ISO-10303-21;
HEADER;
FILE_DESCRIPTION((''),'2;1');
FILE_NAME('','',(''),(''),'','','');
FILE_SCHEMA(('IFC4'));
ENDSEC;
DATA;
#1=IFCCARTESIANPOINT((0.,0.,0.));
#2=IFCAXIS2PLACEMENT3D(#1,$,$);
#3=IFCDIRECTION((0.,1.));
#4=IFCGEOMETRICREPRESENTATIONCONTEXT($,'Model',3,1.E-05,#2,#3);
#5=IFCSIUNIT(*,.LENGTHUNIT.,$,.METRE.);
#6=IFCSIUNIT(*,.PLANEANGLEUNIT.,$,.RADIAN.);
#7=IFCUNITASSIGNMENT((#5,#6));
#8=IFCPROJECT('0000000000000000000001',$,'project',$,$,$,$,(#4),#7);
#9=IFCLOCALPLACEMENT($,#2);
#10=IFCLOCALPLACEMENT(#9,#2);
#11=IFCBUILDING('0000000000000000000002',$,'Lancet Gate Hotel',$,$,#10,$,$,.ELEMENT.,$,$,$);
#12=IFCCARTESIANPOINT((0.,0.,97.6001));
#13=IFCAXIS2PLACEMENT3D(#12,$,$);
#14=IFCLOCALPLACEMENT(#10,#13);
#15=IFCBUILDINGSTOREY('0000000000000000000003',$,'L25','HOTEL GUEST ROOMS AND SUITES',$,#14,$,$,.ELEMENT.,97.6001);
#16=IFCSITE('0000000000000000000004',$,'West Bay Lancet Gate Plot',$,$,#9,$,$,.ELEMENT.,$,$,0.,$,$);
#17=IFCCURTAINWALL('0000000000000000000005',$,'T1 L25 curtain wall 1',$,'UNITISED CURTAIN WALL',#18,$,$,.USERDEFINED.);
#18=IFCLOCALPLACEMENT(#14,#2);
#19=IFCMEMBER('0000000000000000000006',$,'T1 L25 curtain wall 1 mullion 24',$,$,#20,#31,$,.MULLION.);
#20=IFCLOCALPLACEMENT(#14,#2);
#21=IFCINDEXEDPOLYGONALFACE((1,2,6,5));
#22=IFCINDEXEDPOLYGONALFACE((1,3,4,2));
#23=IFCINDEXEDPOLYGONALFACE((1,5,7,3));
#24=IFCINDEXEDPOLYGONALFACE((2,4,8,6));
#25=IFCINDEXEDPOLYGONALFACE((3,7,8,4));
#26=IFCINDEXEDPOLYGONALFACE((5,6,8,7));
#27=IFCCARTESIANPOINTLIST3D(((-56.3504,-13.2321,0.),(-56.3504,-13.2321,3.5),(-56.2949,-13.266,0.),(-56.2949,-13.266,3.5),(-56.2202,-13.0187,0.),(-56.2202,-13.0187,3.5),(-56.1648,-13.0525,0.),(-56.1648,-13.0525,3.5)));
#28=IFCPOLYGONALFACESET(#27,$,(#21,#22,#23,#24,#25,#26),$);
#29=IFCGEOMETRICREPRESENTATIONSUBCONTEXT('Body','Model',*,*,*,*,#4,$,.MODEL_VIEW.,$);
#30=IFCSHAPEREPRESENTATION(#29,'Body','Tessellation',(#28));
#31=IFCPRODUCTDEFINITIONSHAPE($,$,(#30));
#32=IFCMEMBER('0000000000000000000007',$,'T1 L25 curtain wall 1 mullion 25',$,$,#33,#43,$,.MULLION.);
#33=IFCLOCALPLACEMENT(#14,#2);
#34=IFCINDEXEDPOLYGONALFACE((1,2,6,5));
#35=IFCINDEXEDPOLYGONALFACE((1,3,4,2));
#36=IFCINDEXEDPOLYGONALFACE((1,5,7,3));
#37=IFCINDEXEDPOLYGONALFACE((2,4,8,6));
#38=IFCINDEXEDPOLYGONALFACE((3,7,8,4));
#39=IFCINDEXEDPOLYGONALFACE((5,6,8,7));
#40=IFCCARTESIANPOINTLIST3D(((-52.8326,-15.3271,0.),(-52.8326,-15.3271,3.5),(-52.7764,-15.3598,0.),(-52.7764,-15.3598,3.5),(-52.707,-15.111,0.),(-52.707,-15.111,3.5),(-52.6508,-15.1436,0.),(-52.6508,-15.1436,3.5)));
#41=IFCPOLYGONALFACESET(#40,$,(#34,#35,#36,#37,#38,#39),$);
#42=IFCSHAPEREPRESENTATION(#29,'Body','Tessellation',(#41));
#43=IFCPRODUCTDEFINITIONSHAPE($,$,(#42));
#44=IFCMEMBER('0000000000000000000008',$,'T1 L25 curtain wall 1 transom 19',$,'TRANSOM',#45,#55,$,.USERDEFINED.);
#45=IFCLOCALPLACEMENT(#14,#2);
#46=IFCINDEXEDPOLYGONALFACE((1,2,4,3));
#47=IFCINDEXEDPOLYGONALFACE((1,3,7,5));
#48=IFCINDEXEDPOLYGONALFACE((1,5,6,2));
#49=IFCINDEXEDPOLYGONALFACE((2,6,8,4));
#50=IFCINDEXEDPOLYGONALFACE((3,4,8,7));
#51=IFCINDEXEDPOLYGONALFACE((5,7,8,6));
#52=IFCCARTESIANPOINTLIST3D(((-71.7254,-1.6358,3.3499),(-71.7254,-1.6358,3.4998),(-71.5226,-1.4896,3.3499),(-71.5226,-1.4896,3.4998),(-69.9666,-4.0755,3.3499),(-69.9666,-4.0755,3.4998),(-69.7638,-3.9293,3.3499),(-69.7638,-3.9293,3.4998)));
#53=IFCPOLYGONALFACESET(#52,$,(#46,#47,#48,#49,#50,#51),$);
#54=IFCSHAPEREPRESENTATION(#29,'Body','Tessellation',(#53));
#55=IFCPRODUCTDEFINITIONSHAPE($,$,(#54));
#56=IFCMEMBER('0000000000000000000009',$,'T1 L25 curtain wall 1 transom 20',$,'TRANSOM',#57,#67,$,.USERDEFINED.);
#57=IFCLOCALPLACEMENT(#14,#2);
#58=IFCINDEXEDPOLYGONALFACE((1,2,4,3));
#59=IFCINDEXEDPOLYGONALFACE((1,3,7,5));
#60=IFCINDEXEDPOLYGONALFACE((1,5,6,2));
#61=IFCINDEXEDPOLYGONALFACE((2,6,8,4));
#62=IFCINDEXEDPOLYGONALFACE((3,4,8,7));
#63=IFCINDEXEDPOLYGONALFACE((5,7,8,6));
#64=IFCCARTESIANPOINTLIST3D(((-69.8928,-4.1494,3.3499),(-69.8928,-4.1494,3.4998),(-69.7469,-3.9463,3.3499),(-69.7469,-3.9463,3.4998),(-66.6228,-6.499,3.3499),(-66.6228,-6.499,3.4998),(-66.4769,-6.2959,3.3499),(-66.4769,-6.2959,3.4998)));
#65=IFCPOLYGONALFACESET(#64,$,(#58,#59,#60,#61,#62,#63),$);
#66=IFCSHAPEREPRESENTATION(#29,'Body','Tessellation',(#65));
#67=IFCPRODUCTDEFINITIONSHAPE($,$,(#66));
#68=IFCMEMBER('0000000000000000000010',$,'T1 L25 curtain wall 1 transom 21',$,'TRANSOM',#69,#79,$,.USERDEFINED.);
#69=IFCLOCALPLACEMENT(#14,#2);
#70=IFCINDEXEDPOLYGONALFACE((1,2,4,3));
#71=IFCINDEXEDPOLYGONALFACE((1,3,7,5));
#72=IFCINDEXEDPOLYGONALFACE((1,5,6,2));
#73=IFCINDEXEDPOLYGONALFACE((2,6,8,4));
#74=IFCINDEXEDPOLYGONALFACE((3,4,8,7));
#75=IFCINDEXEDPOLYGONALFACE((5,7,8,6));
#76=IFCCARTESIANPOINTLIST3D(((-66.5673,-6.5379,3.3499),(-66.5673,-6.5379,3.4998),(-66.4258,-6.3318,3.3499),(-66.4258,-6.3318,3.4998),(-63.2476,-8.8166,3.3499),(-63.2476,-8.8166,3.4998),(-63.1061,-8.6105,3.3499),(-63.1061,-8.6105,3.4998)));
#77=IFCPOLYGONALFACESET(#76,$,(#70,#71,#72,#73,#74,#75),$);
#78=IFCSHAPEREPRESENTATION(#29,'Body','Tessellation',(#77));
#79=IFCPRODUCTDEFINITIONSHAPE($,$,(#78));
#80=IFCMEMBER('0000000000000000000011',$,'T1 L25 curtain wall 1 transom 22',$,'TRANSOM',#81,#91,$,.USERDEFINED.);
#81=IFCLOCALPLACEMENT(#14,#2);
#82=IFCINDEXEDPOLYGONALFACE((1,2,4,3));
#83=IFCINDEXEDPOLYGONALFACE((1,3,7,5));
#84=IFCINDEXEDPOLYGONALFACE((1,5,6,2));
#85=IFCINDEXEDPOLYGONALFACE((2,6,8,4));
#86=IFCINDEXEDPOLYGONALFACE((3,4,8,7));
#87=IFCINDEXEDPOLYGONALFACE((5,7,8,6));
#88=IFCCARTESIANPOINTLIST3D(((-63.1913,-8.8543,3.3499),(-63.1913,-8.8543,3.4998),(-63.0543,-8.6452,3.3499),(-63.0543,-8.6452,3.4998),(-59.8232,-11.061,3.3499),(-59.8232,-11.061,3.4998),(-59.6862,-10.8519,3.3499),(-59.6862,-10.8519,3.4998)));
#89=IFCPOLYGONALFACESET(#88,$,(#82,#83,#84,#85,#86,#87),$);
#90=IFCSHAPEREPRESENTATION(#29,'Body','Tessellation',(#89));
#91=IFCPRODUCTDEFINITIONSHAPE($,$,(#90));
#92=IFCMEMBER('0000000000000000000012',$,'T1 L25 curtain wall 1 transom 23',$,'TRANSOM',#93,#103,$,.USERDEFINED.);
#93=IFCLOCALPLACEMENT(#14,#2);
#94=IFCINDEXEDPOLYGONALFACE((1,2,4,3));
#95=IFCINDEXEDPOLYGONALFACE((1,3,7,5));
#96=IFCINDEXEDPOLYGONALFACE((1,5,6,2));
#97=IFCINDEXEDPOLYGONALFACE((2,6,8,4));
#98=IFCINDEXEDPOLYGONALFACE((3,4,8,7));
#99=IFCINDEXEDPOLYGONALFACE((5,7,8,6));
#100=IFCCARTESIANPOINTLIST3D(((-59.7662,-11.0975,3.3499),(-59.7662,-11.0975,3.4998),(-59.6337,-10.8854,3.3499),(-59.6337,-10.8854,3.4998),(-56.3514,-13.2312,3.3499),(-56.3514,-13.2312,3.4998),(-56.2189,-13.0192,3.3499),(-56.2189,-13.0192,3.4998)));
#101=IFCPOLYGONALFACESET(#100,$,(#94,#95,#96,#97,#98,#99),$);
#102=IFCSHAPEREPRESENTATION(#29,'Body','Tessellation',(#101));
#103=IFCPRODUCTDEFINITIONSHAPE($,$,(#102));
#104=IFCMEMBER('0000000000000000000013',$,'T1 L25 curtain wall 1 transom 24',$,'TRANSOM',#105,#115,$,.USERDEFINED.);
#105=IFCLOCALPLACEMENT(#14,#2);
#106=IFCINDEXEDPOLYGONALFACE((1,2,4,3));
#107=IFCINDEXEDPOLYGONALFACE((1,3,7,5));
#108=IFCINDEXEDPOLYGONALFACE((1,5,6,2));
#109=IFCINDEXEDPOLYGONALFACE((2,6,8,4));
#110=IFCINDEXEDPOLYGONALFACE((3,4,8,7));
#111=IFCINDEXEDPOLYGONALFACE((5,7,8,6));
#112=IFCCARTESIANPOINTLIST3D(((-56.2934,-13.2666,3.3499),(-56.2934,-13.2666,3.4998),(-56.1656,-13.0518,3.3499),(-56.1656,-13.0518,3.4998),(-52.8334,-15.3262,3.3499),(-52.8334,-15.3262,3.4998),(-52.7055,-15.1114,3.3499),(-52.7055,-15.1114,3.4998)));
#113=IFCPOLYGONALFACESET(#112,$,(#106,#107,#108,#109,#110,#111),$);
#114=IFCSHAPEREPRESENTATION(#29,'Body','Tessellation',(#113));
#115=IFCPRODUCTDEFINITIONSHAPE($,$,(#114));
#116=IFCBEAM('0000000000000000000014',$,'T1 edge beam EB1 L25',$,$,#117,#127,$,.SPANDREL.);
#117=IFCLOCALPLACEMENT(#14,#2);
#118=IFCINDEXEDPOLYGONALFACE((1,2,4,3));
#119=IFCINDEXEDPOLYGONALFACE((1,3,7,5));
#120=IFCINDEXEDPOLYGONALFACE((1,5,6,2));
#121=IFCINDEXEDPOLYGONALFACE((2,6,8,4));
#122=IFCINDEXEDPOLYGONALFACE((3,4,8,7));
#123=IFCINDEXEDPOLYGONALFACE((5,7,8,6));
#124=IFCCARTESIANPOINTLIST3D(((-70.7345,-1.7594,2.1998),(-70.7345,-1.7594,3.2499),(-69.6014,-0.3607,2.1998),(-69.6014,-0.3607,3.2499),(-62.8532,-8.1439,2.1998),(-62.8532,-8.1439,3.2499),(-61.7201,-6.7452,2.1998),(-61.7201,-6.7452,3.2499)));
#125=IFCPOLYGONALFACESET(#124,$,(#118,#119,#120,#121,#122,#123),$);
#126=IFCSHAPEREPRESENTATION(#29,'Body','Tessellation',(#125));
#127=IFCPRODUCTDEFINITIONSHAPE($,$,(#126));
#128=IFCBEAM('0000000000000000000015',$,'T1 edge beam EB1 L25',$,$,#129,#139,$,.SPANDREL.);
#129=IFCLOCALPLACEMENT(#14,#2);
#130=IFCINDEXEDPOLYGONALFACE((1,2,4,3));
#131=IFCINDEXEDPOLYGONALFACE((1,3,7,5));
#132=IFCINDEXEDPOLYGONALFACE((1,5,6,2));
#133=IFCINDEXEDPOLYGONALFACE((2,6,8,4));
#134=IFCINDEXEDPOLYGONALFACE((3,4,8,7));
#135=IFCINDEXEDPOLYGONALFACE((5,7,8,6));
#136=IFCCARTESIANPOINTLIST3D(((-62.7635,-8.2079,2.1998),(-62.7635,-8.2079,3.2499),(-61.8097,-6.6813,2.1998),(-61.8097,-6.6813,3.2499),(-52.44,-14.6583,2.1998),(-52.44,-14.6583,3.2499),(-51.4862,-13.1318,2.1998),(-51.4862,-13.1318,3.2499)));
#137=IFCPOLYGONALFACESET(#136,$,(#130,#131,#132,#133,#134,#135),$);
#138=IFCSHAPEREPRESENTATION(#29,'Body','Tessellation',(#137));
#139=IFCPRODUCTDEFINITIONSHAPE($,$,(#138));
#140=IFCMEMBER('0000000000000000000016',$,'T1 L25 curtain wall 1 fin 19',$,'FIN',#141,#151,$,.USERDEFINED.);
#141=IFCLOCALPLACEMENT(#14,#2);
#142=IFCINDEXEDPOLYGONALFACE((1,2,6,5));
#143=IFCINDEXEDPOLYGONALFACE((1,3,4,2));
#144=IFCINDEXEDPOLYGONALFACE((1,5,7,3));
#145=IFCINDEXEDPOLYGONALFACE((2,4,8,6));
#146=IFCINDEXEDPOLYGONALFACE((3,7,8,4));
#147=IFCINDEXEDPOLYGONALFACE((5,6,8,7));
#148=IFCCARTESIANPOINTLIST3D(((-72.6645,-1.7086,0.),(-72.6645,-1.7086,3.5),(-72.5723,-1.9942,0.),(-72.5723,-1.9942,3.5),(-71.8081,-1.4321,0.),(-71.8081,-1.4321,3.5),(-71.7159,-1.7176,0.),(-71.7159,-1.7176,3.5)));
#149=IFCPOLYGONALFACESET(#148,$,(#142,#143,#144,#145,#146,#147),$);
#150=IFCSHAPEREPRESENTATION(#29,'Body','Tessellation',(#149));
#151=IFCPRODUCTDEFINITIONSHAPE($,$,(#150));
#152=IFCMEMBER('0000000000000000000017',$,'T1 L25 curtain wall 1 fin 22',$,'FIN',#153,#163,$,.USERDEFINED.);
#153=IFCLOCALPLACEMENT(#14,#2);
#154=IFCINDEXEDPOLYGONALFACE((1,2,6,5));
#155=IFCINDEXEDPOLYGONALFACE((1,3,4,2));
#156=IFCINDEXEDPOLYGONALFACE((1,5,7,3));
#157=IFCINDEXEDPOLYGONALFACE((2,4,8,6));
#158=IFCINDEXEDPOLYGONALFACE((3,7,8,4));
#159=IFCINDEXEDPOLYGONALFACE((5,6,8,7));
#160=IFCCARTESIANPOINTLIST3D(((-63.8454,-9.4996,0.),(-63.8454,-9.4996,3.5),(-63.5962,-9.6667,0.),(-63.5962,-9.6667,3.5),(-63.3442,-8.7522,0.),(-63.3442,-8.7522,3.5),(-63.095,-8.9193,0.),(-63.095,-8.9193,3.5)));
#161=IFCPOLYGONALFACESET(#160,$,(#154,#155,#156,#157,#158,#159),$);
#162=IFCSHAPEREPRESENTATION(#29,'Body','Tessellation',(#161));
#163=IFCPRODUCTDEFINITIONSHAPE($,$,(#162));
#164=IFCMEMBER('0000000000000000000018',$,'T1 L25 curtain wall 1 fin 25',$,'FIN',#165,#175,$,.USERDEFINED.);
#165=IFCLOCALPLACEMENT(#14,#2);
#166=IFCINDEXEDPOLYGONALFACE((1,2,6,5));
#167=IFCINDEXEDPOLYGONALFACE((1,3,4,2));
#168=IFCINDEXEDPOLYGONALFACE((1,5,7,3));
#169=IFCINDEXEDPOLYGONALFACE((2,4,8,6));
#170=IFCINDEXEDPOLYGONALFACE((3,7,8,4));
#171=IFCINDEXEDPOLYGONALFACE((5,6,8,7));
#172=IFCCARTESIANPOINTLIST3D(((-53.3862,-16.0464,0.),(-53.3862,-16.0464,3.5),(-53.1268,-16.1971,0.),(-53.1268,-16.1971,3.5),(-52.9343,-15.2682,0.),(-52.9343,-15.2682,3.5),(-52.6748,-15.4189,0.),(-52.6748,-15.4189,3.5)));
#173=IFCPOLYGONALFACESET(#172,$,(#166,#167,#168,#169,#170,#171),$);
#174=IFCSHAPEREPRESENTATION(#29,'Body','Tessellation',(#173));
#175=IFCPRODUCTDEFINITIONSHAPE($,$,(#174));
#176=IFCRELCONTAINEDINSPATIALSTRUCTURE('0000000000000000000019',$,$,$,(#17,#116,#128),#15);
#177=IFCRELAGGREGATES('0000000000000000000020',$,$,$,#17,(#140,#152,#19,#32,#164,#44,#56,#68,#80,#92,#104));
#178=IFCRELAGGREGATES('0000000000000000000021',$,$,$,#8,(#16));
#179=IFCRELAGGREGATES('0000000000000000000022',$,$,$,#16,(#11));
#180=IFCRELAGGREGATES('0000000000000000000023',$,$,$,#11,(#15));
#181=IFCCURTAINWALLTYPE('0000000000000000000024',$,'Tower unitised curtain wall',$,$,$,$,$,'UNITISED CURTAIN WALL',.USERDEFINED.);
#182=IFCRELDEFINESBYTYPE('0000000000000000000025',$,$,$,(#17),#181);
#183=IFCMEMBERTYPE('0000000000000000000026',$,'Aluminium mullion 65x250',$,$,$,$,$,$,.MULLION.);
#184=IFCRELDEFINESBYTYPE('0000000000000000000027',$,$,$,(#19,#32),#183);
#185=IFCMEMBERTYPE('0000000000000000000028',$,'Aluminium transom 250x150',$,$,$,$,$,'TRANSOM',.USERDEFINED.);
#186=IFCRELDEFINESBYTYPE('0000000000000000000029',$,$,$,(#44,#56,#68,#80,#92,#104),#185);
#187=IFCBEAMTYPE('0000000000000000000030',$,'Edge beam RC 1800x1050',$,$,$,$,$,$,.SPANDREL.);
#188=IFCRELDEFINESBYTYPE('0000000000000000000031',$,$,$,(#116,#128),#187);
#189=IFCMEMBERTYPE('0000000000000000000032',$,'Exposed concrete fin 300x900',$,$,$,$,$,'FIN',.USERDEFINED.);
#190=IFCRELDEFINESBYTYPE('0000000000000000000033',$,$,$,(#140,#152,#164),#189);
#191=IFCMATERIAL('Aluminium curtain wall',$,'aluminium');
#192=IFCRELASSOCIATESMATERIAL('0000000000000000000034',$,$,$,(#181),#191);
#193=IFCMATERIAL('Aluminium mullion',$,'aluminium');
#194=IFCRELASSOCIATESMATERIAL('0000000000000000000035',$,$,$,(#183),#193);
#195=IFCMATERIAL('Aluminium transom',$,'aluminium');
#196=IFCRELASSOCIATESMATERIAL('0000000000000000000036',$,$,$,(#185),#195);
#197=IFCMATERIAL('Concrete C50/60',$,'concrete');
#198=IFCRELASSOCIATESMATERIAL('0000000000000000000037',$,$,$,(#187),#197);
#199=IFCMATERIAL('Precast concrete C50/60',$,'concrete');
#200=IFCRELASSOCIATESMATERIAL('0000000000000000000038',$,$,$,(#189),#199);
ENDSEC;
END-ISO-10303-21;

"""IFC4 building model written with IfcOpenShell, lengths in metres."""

from ifc_helpers import new_model, si_unit, direction, frame, origin, origin_2d, place, context, subcontext, project, spatial, rectangle, extrude, material, material_profile, profile_set, type_object, element, aggregate, save


model = new_model("IFC4")

# Units and contexts
model_context = context("Model", 3, precision=1e-05, world=origin(), true_north=direction((0.0, 1.0)))
body_context = subcontext(model_context, "Body", "Model", "MODEL_VIEW")
ifc_project = project(units=[si_unit("LENGTHUNIT", "METRE"), si_unit("PLANEANGLEUNIT", "RADIAN")], contexts=[model_context])

# Site, building, storey
site_placement = place(None, origin())
site = spatial("IfcSite", under=ifc_project, at=site_placement, Name="West Bay Lancet Gate Plot", CompositionType="ELEMENT", RefElevation=0.0)
building_placement = place(site_placement, origin())
building = spatial("IfcBuilding", under=site, at=building_placement, Name="Lancet Gate Hotel", CompositionType="ELEMENT")
storey_placement = place(building_placement, frame((0.0, 0.0, 97.6001)))
storey = spatial("IfcBuildingStorey", under=building, at=storey_placement, Name="L25", Description="HOTEL GUEST ROOMS AND SUITES", CompositionType="ELEMENT", Elevation=97.6001)

# Curtain wall, members
ifc_material_1 = material(Name="Aluminium curtain wall", Category="aluminium")
curtain_wall_type = type_object("IfcCurtainWallType", Name="Tower unitised curtain wall", ElementType="UNITISED CURTAIN WALL", PredefinedType="USERDEFINED", material=ifc_material_1)
curtain_wall_placement = place(storey_placement, origin())
curtain_wall = element("IfcCurtainWall", 1, at=curtain_wall_placement, inside=storey, type_object=curtain_wall_type, Name="T1 L25 curtain wall 1", ObjectType="UNITISED CURTAIN WALL", PredefinedType="USERDEFINED")
ifc_material_2 = material(Name="Aluminium mullion", Category="aluminium")
ifc_material_profile_1 = material_profile(ifc_material_2, rectangle(XDim=0.0649, YDim=0.25, at=origin_2d()), Name="MULLION 65x250")
ifc_profile_set_1 = profile_set([ifc_material_profile_1], Name="Aluminium mullion")
member_type_1 = type_object("IfcMemberType", Name="Aluminium mullion 65x250", PredefinedType="MULLION", material=ifc_profile_set_1)
member_1_placement = place(storey_placement, frame((-56.2576, -13.1423, 0.0), z_axis=(0.0, 0.0, 1.0), x_axis=(0.853716, -0.520739, 0.0)))
member_1 = element("IfcMember", 2, at=member_1_placement, type_object=member_type_1, Name="T1 L25 curtain wall 1 mullion 24", PredefinedType="MULLION", context=body_context, shape_type="SweptSolid", body=[
    extrude(rectangle(XDim=0.0649, YDim=0.25, at=origin_2d()), origin(), (0.0, 0.0, 1.0), 3.5),
])
member_2_placement = place(storey_placement, frame((-52.7417, -15.2354, 0.0), z_axis=(0.0, 0.0, 1.0), x_axis=(0.864728, -0.502241, 0.0)))
member_2 = element("IfcMember", 3, at=member_2_placement, type_object=member_type_1, Name="T1 L25 curtain wall 1 mullion 25", PredefinedType="MULLION", context=body_context, shape_type="SweptSolid", body=[
    extrude(rectangle(XDim=0.0649, YDim=0.25, at=origin_2d()), origin(), (0.0, 0.0, 1.0), 3.5),
])
ifc_material_3 = material(Name="Aluminium transom", Category="aluminium")
ifc_material_profile_2 = material_profile(ifc_material_3, rectangle(XDim=0.25, YDim=0.1499, at=origin_2d()), Name="TRANSOM 250x150")
ifc_profile_set_2 = profile_set([ifc_material_profile_2], Name="Aluminium transom")
member_type_2 = type_object("IfcMemberType", Name="Aluminium transom 250x150", ElementType="TRANSOM", PredefinedType="USERDEFINED", material=ifc_profile_set_2)
member_3_placement = place(storey_placement, frame((-71.624, -1.5627, 3.4248), z_axis=(0.584788, -0.811186, 0.0), x_axis=(0.811186, 0.584788, 0.0)))
member_3 = element("IfcMember", 4, at=member_3_placement, type_object=member_type_2, Name="T1 L25 curtain wall 1 transom 19", ObjectType="TRANSOM", PredefinedType="USERDEFINED", context=body_context, shape_type="SweptSolid", body=[
    extrude(rectangle(XDim=0.25, YDim=0.1499, at=origin_2d()), origin(), (0.0, 0.0, 1.0), 3.0076),
])
member_4_placement = place(storey_placement, frame((-69.8198, -4.0479, 3.4248), z_axis=(0.8121, -0.583519, 0.0), x_axis=(0.583519, 0.8121, 0.0)))
member_4 = element("IfcMember", 5, at=member_4_placement, type_object=member_type_2, Name="T1 L25 curtain wall 1 transom 20", ObjectType="TRANSOM", PredefinedType="USERDEFINED", context=body_context, shape_type="SweptSolid", body=[
    extrude(rectangle(XDim=0.25, YDim=0.1499, at=origin_2d()), origin(), (0.0, 0.0, 1.0), 4.0266),
])
member_5_placement = place(storey_placement, frame((-66.4966, -6.4348, 3.4248), z_axis=(0.824456, -0.565927, 0.0), x_axis=(0.565927, 0.824456, 0.0)))
member_5 = element("IfcMember", 6, at=member_5_placement, type_object=member_type_2, Name="T1 L25 curtain wall 1 transom 21", ObjectType="TRANSOM", PredefinedType="USERDEFINED", context=body_context, shape_type="SweptSolid", body=[
    extrude(rectangle(XDim=0.25, YDim=0.1499, at=origin_2d()), origin(), (0.0, 0.0, 1.0), 4.0266),
])
member_6_placement = place(storey_placement, frame((-63.1228, -8.7498, 3.4248), z_axis=(0.836454, -0.548036, 0.0), x_axis=(0.548036, 0.836454, 0.0)))
member_6 = element("IfcMember", 7, at=member_6_placement, type_object=member_type_2, Name="T1 L25 curtain wall 1 transom 22", ObjectType="TRANSOM", PredefinedType="USERDEFINED", context=body_context, shape_type="SweptSolid", body=[
    extrude(rectangle(XDim=0.25, YDim=0.1499, at=origin_2d()), origin(), (0.0, 0.0, 1.0), 4.0266),
])
member_7_placement = place(storey_placement, frame((-59.7, -10.9915, 3.4248), z_axis=(0.848049, -0.529917, 0.0), x_axis=(0.529917, 0.848049, 0.0)))
member_7 = element("IfcMember", 8, at=member_7_placement, type_object=member_type_2, Name="T1 L25 curtain wall 1 transom 23", ObjectType="TRANSOM", PredefinedType="USERDEFINED", context=body_context, shape_type="SweptSolid", body=[
    extrude(rectangle(XDim=0.25, YDim=0.1499, at=origin_2d()), origin(), (0.0, 0.0, 1.0), 4.0266),
])
member_8_placement = place(storey_placement, frame((-56.2295, -13.1592, 3.4248), z_axis=(0.859285, -0.511497, 0.0), x_axis=(0.511497, 0.859285, 0.0)))
member_8 = element("IfcMember", 9, at=member_8_placement, type_object=member_type_2, Name="T1 L25 curtain wall 1 transom 24", ObjectType="TRANSOM", PredefinedType="USERDEFINED", context=body_context, shape_type="SweptSolid", body=[
    extrude(rectangle(XDim=0.25, YDim=0.1499, at=origin_2d()), origin(), (0.0, 0.0, 1.0), 4.0266),
])

# Beams
ifc_material_4 = material(Name="Concrete C50/60", Category="concrete")
ifc_material_profile_3 = material_profile(ifc_material_4, rectangle(XDim=1.8, YDim=1.05, at=origin_2d()), Name="RC 1800x1050")
ifc_profile_set_3 = profile_set([ifc_material_profile_3], Name="Concrete C50/60")
beam_type_1 = type_object("IfcBeamType", Name="Edge beam RC 1800x1050", PredefinedType="SPANDREL", material=ifc_profile_set_3)
beam_1_placement = place(storey_placement, frame((-70.168, -1.0601, 2.7249), z_axis=(0.777034, -0.629459, 0.0), x_axis=(0.629459, 0.777034, 0.0)))
element("IfcBeam", 10, at=beam_1_placement, inside=storey, type_object=beam_type_1, Name="T1 edge beam EB1 L25", PredefinedType="SPANDREL", context=body_context, shape_type="SweptSolid", body=[
    extrude(rectangle(XDim=1.8, YDim=1.05, at=origin_2d()), origin(), (0.0, 0.0, 1.0), 10.1428),
])
beam_2_placement = place(storey_placement, frame((-62.2866, -7.4446, 2.7249), z_axis=(0.848063, -0.529896, 0.0), x_axis=(0.529896, 0.848063, 0.0)))
element("IfcBeam", 11, at=beam_2_placement, inside=storey, type_object=beam_type_1, Name="T1 edge beam EB1 L25", PredefinedType="SPANDREL", context=body_context, shape_type="SweptSolid", body=[
    extrude(rectangle(XDim=1.8, YDim=1.05, at=origin_2d()), origin(), (0.0, 0.0, 1.0), 12.1731),
])

# Members
ifc_material_5 = material(Name="Precast concrete C50/60", Category="concrete")
ifc_material_profile_4 = material_profile(ifc_material_5, rectangle(XDim=0.3, YDim=0.8999, at=origin_2d()), Name="FIN 300x900")
ifc_profile_set_4 = profile_set([ifc_material_profile_4], Name="Precast concrete C50/60")
member_type_3 = type_object("IfcMemberType", Name="Exposed concrete fin 300x900", ElementType="FIN", PredefinedType="USERDEFINED", material=ifc_profile_set_4)
member_9_placement = place(storey_placement, frame((-72.1902, -1.7131, 0.0), z_axis=(0.0, 0.0, 1.0), x_axis=(0.307269, -0.951623, 0.0)))
member_9 = element("IfcMember", 12, at=member_9_placement, type_object=member_type_3, Name="T1 L25 curtain wall 1 fin 19", ObjectType="FIN", PredefinedType="USERDEFINED", context=body_context, shape_type="SweptSolid", body=[
    extrude(rectangle(XDim=0.3, YDim=0.8999, at=origin_2d()), origin(), (0.0, 0.0, 1.0), 3.5),
])
member_10_placement = place(storey_placement, frame((-63.4702, -9.2095, 0.0), z_axis=(0.0, 0.0, 1.0), x_axis=(0.83051, -0.557004, 0.0)))
member_10 = element("IfcMember", 13, at=member_10_placement, type_object=member_type_3, Name="T1 L25 curtain wall 1 fin 22", ObjectType="FIN", PredefinedType="USERDEFINED", context=body_context, shape_type="SweptSolid", body=[
    extrude(rectangle(XDim=0.3, YDim=0.8999, at=origin_2d()), origin(), (0.0, 0.0, 1.0), 3.5),
])
member_11_placement = place(storey_placement, frame((-53.0305, -15.7327, 0.0), z_axis=(0.0, 0.0, 1.0), x_axis=(0.864728, -0.502241, 0.0)))
member_11 = element("IfcMember", 14, at=member_11_placement, type_object=member_type_3, Name="T1 L25 curtain wall 1 fin 25", ObjectType="FIN", PredefinedType="USERDEFINED", context=body_context, shape_type="SweptSolid", body=[
    extrude(rectangle(XDim=0.3, YDim=0.8999, at=origin_2d()), origin(), (0.0, 0.0, 1.0), 3.5),
])

aggregate(curtain_wall, [member_9, member_10, member_1, member_2, member_11, member_3, member_4, member_5, member_6, member_7, member_8])

save(model, "model.ifc")
